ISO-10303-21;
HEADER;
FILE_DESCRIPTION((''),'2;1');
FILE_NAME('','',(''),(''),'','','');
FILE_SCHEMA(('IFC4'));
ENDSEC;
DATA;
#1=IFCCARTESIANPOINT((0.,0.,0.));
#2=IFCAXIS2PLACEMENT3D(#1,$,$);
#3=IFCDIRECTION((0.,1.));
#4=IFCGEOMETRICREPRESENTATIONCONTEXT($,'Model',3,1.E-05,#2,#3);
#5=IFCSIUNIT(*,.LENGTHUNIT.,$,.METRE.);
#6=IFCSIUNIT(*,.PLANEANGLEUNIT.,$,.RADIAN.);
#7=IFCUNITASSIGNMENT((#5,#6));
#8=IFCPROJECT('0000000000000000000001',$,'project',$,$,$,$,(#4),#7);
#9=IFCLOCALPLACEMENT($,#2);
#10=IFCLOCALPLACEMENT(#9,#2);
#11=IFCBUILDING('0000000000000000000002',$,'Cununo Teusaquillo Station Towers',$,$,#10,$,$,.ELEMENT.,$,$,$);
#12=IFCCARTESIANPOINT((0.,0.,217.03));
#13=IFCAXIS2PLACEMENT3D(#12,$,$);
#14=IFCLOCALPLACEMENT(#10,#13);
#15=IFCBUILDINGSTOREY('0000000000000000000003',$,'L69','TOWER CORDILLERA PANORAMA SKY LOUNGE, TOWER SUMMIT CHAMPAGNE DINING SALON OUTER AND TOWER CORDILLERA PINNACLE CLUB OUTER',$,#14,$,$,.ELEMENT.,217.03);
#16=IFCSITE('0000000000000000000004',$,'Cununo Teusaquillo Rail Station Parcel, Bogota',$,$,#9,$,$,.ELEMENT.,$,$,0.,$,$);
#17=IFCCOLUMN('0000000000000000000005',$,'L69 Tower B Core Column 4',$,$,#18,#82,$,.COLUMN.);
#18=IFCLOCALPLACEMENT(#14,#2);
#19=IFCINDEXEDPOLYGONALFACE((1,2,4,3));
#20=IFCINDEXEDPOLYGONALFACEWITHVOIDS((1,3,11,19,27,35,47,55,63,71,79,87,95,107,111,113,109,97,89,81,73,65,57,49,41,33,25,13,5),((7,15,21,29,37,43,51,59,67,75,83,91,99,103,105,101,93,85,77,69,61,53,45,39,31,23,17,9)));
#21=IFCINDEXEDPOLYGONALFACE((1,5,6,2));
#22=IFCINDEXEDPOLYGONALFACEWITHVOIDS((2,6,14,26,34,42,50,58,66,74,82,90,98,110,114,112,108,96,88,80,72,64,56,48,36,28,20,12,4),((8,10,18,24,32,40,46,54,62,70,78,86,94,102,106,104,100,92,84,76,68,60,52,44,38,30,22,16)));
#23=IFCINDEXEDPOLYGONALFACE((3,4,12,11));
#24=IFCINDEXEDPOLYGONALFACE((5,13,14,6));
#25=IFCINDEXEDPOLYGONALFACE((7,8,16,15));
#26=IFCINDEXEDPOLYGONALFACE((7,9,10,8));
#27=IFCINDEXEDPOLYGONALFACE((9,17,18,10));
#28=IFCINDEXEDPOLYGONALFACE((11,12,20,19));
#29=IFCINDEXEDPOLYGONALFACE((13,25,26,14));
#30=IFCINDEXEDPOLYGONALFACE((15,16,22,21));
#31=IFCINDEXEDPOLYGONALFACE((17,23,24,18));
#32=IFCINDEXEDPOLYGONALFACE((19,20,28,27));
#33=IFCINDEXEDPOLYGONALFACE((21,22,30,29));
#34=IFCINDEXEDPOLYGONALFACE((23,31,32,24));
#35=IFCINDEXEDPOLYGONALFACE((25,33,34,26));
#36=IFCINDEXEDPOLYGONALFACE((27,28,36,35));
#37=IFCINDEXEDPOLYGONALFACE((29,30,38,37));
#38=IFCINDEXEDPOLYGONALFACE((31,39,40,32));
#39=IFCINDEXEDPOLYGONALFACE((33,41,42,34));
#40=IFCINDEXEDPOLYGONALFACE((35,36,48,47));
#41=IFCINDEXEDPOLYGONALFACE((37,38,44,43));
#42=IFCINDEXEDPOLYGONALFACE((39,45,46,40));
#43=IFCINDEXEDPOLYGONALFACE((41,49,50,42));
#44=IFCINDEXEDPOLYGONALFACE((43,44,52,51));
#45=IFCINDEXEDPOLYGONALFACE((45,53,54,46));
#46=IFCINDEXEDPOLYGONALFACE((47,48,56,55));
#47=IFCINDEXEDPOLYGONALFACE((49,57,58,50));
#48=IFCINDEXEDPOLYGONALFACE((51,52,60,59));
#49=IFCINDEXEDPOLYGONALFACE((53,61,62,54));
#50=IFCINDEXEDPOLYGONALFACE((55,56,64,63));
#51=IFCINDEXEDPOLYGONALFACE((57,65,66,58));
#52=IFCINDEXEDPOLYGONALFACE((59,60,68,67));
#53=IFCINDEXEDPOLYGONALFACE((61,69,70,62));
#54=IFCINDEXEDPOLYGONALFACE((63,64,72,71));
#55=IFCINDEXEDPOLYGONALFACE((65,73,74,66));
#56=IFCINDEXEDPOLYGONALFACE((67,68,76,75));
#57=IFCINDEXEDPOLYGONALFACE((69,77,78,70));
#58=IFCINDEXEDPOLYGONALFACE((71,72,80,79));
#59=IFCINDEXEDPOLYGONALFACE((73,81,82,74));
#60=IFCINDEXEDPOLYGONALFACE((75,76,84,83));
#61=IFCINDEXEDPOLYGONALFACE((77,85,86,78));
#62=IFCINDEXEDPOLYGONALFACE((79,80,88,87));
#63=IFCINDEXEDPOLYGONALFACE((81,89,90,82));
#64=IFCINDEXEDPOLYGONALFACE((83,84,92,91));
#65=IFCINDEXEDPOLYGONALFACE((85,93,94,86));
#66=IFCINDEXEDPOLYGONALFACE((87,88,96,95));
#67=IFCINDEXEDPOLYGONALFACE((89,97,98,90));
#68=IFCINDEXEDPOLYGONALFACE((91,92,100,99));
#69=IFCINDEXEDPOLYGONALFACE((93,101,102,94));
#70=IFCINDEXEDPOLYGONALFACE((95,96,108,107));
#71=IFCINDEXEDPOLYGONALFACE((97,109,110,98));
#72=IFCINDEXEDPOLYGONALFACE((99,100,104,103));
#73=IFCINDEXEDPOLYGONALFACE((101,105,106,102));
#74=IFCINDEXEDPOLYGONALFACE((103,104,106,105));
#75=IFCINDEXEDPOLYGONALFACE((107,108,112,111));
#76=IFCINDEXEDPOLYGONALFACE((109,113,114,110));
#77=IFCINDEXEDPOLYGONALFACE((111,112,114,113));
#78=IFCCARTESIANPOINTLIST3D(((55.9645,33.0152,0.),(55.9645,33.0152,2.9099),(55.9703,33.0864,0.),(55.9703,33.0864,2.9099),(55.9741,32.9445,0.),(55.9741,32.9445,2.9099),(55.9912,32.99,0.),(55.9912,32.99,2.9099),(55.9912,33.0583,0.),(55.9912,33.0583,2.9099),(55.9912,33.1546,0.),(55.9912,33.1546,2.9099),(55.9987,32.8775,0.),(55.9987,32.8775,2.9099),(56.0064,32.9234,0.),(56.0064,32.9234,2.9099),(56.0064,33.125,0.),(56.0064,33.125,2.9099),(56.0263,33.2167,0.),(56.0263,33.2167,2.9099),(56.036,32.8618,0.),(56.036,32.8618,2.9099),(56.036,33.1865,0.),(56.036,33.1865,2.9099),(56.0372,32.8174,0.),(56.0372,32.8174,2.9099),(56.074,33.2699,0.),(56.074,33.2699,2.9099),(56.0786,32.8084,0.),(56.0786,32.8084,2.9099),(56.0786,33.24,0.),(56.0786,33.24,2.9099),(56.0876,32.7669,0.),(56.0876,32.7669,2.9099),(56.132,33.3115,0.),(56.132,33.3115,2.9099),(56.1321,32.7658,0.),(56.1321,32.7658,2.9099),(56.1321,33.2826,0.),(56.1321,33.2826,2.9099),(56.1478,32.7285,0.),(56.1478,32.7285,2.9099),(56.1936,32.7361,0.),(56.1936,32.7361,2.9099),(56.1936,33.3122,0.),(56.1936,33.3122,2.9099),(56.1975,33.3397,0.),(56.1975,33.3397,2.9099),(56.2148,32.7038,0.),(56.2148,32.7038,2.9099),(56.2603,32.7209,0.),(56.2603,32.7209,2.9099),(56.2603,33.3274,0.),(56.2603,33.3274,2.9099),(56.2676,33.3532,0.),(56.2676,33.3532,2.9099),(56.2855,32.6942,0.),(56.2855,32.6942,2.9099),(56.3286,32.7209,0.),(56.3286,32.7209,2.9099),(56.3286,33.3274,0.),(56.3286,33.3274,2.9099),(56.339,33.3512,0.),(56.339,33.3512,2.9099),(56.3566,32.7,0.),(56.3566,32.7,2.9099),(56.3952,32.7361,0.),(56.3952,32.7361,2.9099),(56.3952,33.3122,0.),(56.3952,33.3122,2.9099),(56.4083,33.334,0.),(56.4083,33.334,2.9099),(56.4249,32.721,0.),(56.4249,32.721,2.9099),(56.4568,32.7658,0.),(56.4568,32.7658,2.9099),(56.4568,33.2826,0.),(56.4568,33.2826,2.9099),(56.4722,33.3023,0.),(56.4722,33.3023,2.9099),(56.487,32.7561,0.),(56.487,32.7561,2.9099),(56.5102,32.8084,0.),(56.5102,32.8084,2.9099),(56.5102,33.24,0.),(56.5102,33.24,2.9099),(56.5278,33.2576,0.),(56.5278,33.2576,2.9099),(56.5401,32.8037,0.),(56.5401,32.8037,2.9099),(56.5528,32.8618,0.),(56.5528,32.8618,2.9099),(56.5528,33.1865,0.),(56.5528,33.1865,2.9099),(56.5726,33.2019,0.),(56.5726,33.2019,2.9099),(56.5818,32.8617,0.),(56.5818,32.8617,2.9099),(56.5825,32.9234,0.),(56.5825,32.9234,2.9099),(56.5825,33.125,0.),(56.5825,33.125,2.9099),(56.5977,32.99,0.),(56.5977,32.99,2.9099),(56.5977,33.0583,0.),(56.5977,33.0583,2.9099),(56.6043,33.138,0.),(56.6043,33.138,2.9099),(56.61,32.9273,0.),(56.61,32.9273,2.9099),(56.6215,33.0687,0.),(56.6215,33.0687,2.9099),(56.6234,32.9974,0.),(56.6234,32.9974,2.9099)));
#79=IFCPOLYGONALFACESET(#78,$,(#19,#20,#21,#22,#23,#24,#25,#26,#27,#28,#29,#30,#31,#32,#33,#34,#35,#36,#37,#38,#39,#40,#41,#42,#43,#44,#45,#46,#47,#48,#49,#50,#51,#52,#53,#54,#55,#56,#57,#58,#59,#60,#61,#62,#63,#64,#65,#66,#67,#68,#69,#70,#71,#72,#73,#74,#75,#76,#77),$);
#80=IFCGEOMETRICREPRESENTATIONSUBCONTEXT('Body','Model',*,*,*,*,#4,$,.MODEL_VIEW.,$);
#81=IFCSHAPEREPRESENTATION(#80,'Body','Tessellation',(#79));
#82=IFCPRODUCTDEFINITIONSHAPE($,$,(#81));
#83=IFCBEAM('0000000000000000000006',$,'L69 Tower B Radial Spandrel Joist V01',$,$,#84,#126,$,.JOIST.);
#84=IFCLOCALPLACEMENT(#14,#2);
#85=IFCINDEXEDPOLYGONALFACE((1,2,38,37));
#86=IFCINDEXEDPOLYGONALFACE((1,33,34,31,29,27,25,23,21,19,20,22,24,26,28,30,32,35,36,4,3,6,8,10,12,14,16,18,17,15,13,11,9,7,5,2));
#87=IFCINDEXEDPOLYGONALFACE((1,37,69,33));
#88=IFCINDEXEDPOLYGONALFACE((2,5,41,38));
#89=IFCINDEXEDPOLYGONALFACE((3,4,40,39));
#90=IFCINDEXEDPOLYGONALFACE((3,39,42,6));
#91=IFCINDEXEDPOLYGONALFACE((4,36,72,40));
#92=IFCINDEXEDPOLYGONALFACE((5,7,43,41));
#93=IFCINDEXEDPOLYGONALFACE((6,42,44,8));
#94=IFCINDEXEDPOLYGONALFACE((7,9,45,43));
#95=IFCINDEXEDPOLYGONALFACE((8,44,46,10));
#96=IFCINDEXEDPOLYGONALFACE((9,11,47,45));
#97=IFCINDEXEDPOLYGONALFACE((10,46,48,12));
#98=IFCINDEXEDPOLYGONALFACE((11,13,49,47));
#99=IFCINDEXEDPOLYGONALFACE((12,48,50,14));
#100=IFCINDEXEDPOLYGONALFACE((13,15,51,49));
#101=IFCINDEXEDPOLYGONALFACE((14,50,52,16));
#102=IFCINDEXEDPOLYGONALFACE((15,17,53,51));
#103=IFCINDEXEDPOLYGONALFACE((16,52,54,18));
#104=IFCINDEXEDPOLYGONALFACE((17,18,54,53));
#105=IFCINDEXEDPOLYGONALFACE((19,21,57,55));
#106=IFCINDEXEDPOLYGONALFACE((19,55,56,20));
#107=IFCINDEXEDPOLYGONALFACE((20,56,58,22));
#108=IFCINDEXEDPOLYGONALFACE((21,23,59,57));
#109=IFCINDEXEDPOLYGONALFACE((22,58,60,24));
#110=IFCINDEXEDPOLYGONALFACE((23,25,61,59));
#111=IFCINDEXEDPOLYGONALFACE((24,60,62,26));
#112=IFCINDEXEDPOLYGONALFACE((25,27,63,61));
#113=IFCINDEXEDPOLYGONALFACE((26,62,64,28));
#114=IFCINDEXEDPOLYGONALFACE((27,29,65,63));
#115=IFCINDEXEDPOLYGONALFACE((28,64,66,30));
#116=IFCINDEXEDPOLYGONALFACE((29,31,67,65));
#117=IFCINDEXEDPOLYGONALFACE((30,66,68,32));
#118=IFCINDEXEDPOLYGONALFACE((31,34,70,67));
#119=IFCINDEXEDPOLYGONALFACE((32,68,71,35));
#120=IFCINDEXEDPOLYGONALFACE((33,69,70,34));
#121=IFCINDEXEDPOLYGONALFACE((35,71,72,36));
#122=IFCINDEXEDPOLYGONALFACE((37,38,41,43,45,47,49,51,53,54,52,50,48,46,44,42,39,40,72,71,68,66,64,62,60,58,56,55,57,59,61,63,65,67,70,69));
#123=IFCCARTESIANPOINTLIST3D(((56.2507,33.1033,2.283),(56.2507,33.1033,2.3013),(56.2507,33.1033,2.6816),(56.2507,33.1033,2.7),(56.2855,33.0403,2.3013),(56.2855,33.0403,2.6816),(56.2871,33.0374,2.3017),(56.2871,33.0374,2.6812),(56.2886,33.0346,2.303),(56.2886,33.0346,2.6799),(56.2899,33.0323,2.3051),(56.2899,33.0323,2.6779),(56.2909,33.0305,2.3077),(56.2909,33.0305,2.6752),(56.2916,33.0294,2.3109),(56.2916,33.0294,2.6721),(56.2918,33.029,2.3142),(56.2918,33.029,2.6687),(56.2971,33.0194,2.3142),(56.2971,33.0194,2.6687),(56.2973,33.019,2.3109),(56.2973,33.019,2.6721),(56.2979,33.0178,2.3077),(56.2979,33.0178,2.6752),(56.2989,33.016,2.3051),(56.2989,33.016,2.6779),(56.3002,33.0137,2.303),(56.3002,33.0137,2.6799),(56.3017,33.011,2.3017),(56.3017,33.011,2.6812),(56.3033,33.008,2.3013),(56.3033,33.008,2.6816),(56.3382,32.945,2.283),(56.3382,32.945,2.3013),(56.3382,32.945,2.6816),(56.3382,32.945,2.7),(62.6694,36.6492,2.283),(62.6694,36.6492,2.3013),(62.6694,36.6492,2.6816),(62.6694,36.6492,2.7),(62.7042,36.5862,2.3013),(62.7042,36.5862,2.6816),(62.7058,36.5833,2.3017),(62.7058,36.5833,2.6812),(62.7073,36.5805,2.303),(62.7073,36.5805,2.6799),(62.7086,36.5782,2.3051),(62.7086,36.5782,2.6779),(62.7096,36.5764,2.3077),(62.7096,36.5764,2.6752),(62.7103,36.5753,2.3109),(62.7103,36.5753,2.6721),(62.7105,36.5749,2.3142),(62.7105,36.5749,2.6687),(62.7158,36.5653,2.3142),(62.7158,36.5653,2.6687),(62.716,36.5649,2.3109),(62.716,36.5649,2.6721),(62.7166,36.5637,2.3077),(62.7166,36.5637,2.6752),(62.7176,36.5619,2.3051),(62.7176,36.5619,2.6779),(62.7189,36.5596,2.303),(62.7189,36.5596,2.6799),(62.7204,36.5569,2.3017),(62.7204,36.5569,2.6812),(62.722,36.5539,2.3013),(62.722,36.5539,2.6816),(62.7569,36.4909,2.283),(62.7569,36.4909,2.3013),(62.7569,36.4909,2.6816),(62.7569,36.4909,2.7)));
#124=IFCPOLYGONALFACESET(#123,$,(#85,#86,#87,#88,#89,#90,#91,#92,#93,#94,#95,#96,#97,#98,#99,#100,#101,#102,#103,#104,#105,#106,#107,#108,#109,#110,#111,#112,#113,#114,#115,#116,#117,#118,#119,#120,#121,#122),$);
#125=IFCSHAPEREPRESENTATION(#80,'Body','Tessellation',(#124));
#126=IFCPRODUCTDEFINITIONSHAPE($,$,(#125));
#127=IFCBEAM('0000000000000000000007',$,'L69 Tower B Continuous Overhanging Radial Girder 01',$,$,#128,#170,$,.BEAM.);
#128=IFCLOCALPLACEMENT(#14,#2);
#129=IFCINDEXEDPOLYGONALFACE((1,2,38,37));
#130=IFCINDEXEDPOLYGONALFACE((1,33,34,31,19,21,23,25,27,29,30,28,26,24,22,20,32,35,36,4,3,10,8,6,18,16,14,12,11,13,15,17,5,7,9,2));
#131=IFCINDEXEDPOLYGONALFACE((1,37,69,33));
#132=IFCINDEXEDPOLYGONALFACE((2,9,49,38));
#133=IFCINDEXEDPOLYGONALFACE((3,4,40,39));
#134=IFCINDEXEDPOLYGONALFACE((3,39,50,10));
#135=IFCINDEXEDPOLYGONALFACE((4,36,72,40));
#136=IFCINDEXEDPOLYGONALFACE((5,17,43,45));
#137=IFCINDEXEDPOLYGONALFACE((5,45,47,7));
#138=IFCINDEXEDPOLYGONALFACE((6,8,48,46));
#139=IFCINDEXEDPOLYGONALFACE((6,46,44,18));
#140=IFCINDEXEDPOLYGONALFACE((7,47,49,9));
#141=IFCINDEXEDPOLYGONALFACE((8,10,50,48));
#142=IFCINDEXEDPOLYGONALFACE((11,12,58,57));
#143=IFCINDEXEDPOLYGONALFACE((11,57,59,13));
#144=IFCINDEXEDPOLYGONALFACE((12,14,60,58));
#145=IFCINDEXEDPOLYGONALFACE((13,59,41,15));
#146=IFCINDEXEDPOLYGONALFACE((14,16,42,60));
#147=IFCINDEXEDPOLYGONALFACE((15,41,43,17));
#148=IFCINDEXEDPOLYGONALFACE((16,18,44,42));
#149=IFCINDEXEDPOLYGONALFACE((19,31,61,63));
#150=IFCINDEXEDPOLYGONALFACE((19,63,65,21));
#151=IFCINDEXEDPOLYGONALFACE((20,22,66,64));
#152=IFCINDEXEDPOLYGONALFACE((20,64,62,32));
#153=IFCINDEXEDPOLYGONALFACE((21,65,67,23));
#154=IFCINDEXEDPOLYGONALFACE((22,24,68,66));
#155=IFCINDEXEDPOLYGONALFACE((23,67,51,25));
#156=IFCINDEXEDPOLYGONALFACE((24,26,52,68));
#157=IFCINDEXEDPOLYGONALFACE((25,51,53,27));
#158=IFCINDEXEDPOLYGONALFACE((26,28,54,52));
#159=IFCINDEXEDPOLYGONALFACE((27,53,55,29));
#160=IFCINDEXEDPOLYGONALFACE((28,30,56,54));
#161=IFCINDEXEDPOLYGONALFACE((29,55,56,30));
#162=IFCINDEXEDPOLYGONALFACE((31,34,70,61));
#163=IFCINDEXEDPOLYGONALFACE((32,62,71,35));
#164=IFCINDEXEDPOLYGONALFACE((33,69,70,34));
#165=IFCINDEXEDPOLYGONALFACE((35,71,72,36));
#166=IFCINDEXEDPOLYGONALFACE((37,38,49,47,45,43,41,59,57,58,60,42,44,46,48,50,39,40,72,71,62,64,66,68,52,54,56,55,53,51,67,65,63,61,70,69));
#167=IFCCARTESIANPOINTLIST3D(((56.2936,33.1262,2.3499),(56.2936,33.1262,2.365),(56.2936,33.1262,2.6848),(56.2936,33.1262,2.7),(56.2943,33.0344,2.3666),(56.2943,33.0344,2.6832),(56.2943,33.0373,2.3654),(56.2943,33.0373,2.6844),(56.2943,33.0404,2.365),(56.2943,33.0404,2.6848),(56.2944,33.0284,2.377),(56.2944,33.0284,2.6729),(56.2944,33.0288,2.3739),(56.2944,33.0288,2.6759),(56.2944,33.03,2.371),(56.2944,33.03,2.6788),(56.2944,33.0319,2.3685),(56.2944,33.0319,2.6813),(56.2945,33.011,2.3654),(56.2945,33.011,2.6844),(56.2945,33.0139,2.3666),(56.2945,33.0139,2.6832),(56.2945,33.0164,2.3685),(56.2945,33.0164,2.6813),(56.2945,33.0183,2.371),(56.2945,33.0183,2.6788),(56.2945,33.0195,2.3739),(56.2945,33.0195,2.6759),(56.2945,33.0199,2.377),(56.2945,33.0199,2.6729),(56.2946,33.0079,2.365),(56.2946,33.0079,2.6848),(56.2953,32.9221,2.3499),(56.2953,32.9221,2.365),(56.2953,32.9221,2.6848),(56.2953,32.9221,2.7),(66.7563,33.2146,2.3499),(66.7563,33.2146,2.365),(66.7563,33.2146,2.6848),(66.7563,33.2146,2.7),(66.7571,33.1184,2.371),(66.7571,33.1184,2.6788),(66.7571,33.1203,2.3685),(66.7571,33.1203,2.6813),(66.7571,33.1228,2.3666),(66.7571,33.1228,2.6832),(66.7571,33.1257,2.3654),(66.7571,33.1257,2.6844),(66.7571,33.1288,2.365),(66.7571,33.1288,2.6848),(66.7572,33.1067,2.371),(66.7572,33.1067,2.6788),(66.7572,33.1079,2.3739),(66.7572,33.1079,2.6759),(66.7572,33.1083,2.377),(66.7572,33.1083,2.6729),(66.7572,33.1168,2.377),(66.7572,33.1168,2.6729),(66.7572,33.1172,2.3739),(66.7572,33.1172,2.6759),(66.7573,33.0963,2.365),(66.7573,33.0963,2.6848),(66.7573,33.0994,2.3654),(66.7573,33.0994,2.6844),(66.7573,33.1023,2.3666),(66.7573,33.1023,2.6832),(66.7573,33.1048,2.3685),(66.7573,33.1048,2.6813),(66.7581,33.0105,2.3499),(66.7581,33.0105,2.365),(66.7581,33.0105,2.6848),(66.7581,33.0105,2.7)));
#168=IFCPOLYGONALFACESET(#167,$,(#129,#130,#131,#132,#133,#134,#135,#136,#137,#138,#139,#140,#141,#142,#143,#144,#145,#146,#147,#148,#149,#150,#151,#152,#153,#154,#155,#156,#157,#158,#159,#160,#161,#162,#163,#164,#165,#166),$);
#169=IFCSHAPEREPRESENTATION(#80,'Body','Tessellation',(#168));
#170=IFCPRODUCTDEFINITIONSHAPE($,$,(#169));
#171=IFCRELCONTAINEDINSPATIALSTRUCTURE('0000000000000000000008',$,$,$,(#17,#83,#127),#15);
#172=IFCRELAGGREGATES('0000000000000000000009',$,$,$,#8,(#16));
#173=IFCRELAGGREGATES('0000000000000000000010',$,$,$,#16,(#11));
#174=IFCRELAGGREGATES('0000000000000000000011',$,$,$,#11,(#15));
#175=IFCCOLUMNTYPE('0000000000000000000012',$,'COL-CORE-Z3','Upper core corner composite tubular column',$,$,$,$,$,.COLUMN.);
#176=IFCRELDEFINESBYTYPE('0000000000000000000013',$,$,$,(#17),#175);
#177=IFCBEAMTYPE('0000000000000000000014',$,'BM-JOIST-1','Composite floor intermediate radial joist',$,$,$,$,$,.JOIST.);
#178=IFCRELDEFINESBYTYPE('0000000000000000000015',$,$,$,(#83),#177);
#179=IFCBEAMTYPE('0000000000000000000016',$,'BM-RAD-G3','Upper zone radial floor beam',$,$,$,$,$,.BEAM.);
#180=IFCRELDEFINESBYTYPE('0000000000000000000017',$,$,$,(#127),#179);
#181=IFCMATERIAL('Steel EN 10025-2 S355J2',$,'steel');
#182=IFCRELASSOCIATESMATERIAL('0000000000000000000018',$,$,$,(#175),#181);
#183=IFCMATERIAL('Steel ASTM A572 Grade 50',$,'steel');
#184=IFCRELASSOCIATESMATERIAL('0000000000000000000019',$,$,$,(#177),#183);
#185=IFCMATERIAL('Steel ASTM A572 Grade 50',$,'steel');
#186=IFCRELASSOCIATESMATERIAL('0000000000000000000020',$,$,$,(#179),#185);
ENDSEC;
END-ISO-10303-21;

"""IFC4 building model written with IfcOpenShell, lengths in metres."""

from ifc_helpers import new_model, si_unit, direction, frame, origin, origin_2d, place, context, subcontext, project, spatial, hollow_circle, i_section, extrude, material, material_profile, profile_set, type_object, element, save


model = new_model("IFC4")

# Units and contexts
model_context = context("Model", 3, precision=1e-05, world=origin(), true_north=direction((0.0, 1.0)))
body_context = subcontext(model_context, "Body", "Model", "MODEL_VIEW")
ifc_project = project(units=[si_unit("LENGTHUNIT", "METRE"), si_unit("PLANEANGLEUNIT", "RADIAN")], contexts=[model_context])

# Site, building, storey
site_placement = place(None, origin())
site = spatial("IfcSite", under=ifc_project, at=site_placement, Name="Cununo Teusaquillo Rail Station Parcel, Bogota", CompositionType="ELEMENT", RefElevation=0.0)
building_placement = place(site_placement, origin())
building = spatial("IfcBuilding", under=site, at=building_placement, Name="Cununo Teusaquillo Station Towers", CompositionType="ELEMENT")
storey_placement = place(building_placement, frame((0.0, 0.0, 217.03)))
storey = spatial("IfcBuildingStorey", under=building, at=storey_placement, Name="L69", Description="TOWER CORDILLERA PANORAMA SKY LOUNGE, TOWER SUMMIT CHAMPAGNE DINING SALON OUTER AND TOWER CORDILLERA PINNACLE CLUB OUTER", CompositionType="ELEMENT", Elevation=217.03)

# Column
ifc_material_1 = material(Name="Steel EN 10025-2 S355J2", Category="steel")
ifc_material_profile_1 = material_profile(ifc_material_1, hollow_circle(Radius=0.3301, WallThickness=0.0249, at=origin_2d()), Name="CHS 660x25")
ifc_profile_set_1 = profile_set([ifc_material_profile_1], Name="Steel EN 10025-2 S355J2")
column_type = type_object("IfcColumnType", Name="COL-CORE-Z3", Description="Upper core corner composite tubular column", PredefinedType="COLUMN", material=ifc_profile_set_1)
column_placement = place(storey_placement, frame((56.2944, 33.0242, 0.0), z_axis=(0.0, 0.0, 1.0), x_axis=(0.707107, 0.707107, 0.0)))
element("IfcColumn", 1, at=column_placement, inside=storey, type_object=column_type, Name="L69 Tower B Core Column 4", PredefinedType="COLUMN", context=body_context, shape_type="SweptSolid", body=[
    extrude(hollow_circle(Radius=0.3301, WallThickness=0.0249, at=origin_2d()), origin(), (0.0, 0.0, 1.0), 2.9099),
])

# Beams
ifc_material_2 = material(Name="Steel ASTM A572 Grade 50", Category="steel")
ifc_material_profile_2 = material_profile(ifc_material_2, i_section(OverallWidth=0.1809, OverallDepth=0.417, WebThickness=0.011, FlangeThickness=0.0183, FilletRadius=0.0129, at=origin_2d()), Name="W16X57")
ifc_profile_set_2 = profile_set([ifc_material_profile_2], Name="Steel ASTM A572 Grade 50")
beam_type_1 = type_object("IfcBeamType", Name="BM-JOIST-1", Description="Composite floor intermediate radial joist", PredefinedType="JOIST", material=ifc_profile_set_2)
beam_1_placement = place(storey_placement, frame((56.2944, 33.0242, 2.4915), z_axis=(0.875315, 0.483553, 0.0), x_axis=(-0.483553, 0.875315, 0.0)))
element("IfcBeam", 2, at=beam_1_placement, inside=storey, type_object=beam_type_1, Name="L69 Tower B Radial Spandrel Joist V01", PredefinedType="JOIST", context=body_context, shape_type="SweptSolid", body=[
    extrude(i_section(OverallWidth=0.1809, OverallDepth=0.417, WebThickness=0.011, FlangeThickness=0.0183, FilletRadius=0.0129, at=origin_2d()), origin(), (0.0, 0.0, 1.0), 7.333),
])
ifc_material_3 = material(Name="Steel ASTM A572 Grade 50", Category="steel")
ifc_material_profile_3 = material_profile(ifc_material_3, i_section(OverallWidth=0.2041, OverallDepth=0.3501, WebThickness=0.0085, FlangeThickness=0.0151, FilletRadius=0.012, at=origin_2d()), Name="W14X48")
ifc_profile_set_3 = profile_set([ifc_material_profile_3], Name="Steel ASTM A572 Grade 50")
beam_type_2 = type_object("IfcBeamType", Name="BM-RAD-G3", Description="Upper zone radial floor beam", PredefinedType="BEAM", material=ifc_profile_set_3)
beam_2_placement = place(storey_placement, frame((56.2944, 33.0242, 2.5249), z_axis=(0.999964, 0.008447, 0.0), x_axis=(-0.008447, 0.999964, 0.0)))
element("IfcBeam", 3, at=beam_2_placement, inside=storey, type_object=beam_type_2, Name="L69 Tower B Continuous Overhanging Radial Girder 01", PredefinedType="BEAM", context=body_context, shape_type="SweptSolid", body=[
    extrude(i_section(OverallWidth=0.2041, OverallDepth=0.3501, WebThickness=0.0085, FlangeThickness=0.0151, FilletRadius=0.012, at=origin_2d()), origin(), (0.0, 0.0, 1.0), 10.4631),
])

save(model, "model.ifc")
